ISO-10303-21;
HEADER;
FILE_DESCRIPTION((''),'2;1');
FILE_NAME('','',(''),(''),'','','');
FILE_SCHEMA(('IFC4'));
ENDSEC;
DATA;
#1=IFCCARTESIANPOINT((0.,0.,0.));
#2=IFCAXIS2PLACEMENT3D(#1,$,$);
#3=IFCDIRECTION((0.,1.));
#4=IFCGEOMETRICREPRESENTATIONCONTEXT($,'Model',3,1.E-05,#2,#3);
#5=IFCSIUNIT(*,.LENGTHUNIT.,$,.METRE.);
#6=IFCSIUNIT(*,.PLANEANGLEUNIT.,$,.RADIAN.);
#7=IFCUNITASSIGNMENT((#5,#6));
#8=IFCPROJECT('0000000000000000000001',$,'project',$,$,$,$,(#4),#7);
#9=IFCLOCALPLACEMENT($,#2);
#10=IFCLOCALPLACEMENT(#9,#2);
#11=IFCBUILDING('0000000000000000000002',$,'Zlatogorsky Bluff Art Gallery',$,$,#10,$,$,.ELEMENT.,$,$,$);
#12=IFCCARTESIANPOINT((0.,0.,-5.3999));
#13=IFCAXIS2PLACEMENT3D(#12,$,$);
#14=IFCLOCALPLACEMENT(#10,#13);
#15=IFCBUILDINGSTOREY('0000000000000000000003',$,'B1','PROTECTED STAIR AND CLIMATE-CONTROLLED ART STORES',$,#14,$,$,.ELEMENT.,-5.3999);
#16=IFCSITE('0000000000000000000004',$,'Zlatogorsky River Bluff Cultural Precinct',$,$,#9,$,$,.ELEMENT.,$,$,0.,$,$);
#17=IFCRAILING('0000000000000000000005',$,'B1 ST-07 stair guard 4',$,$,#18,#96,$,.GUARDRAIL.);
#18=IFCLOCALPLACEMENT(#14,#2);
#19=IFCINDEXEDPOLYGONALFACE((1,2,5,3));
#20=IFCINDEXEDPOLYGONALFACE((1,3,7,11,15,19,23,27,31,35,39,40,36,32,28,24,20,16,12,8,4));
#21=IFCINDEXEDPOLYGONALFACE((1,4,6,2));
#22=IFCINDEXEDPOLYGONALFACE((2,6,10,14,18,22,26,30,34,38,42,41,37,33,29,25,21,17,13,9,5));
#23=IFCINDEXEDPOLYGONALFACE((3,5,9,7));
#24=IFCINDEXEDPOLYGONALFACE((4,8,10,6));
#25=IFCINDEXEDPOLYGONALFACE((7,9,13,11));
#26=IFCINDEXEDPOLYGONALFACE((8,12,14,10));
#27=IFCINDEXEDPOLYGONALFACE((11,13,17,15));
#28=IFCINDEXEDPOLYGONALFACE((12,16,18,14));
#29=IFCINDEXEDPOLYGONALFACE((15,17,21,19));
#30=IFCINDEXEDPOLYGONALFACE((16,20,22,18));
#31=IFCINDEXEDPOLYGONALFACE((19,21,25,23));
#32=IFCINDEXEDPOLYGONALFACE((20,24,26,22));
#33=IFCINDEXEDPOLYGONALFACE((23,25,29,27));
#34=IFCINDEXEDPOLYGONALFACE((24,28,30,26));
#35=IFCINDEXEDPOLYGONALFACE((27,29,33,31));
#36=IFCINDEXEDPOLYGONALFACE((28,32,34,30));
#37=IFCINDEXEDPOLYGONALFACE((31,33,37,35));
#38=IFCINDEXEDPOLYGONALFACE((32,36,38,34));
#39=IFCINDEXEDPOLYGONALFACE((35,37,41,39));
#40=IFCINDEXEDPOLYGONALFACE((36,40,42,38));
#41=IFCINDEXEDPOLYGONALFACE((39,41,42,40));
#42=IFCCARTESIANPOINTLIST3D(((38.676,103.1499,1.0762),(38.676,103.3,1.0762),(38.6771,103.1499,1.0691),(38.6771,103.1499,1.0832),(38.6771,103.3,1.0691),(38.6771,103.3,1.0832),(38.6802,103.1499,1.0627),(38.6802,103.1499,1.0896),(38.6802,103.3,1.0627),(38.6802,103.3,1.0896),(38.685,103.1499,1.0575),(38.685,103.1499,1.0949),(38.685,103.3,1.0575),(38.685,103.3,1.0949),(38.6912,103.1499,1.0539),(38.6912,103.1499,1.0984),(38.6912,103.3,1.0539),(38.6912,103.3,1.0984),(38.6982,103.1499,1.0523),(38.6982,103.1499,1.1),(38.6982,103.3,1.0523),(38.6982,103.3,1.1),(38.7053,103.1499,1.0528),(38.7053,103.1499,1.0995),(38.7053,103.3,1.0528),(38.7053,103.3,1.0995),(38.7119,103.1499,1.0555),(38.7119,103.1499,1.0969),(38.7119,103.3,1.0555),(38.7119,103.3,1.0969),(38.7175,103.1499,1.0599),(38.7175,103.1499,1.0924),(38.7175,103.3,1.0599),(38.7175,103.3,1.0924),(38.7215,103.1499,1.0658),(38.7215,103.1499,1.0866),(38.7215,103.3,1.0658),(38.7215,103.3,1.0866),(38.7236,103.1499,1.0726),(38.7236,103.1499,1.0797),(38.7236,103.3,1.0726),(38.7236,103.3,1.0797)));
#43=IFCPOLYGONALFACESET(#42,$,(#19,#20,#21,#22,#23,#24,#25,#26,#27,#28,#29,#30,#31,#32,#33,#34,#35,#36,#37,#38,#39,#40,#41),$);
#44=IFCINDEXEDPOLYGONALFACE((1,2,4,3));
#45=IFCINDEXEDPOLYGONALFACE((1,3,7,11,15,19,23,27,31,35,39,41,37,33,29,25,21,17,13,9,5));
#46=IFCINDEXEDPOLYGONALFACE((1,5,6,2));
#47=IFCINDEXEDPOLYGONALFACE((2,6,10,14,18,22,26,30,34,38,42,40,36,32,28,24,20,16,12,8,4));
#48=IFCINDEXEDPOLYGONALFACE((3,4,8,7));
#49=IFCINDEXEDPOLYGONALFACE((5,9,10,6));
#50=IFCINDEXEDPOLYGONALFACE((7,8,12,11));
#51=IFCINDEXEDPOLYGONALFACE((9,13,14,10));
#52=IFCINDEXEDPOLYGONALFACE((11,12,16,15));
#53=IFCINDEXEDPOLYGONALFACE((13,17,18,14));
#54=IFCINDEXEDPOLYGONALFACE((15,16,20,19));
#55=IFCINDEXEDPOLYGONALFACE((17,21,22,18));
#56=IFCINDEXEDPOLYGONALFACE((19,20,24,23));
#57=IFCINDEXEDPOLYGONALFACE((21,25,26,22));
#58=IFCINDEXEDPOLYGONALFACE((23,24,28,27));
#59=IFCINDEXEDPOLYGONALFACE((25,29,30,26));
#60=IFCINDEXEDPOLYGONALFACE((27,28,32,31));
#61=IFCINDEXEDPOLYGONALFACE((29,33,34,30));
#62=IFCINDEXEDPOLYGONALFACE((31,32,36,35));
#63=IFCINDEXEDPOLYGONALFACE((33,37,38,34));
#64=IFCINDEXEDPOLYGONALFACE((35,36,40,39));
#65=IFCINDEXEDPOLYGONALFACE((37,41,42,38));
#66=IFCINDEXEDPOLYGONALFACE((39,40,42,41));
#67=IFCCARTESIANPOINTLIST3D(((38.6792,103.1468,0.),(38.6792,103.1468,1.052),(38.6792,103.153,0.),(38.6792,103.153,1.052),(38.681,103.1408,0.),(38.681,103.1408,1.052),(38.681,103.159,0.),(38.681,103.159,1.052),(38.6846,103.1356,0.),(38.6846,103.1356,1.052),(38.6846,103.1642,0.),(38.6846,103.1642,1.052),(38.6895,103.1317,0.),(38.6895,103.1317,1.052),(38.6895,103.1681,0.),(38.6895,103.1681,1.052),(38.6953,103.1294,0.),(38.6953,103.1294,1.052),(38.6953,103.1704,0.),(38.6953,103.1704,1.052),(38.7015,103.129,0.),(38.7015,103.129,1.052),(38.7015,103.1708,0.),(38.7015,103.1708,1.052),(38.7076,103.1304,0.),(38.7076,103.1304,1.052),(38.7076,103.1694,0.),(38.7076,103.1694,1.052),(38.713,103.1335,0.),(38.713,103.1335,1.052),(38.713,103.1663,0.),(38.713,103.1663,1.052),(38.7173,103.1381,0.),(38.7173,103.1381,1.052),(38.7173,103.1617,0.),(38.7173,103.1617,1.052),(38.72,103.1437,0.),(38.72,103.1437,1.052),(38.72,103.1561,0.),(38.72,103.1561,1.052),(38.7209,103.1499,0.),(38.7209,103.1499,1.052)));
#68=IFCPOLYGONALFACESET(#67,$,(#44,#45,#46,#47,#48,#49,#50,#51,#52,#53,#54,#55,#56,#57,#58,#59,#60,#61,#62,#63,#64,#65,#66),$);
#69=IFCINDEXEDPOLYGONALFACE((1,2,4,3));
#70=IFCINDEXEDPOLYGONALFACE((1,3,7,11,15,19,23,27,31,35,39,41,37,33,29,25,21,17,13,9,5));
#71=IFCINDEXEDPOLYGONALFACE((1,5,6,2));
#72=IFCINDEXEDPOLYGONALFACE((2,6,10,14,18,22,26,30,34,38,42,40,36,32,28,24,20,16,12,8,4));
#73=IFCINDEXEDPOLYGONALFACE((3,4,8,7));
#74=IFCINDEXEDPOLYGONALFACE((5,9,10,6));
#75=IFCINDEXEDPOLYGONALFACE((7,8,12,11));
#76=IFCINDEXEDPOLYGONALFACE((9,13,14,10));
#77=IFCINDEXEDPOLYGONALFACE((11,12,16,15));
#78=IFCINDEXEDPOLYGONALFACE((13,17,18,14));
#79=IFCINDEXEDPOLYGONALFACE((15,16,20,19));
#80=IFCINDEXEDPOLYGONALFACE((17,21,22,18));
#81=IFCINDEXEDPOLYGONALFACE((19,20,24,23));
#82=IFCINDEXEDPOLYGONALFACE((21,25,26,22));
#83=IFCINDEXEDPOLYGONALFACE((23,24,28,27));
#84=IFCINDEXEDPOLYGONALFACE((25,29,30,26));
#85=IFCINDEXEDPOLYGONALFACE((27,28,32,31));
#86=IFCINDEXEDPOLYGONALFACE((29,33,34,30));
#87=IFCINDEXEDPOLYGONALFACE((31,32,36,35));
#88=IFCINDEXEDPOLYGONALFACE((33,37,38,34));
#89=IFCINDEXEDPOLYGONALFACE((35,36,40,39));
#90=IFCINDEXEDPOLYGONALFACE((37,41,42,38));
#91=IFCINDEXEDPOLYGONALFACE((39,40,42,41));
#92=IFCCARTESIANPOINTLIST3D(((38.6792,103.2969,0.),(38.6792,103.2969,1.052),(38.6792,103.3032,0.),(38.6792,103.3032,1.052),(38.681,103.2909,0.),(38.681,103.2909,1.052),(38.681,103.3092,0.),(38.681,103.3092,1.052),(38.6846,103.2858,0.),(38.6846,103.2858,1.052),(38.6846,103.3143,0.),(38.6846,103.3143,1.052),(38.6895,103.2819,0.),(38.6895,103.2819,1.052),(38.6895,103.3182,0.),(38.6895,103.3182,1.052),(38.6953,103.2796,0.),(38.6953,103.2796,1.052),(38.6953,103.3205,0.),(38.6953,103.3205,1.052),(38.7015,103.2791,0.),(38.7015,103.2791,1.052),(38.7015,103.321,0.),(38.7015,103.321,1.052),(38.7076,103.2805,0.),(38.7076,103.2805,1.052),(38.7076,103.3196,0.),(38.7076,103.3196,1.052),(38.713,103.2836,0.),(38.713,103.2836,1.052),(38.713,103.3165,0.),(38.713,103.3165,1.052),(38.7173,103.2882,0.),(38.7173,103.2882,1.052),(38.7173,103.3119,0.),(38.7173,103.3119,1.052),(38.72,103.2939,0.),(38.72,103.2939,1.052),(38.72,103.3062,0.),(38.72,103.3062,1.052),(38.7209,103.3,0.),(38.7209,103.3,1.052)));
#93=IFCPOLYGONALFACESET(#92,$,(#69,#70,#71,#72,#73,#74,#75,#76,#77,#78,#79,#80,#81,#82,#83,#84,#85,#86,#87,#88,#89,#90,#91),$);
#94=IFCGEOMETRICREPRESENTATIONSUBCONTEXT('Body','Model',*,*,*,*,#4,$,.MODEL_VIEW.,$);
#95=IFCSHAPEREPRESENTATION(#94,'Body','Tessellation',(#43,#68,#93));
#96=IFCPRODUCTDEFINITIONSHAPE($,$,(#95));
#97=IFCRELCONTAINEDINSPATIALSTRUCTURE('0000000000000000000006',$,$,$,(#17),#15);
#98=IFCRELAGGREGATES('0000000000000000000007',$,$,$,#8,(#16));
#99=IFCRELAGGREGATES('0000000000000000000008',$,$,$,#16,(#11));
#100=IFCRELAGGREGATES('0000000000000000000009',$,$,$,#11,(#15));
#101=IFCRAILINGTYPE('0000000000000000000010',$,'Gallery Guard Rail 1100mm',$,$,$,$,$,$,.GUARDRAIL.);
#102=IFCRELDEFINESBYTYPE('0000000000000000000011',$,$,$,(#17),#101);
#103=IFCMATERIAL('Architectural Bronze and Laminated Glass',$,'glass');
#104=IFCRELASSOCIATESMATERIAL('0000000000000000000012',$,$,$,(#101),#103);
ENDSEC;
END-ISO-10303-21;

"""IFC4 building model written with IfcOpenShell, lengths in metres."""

from ifc_helpers import new_model, si_unit, direction, frame, origin, origin_2d, place, context, subcontext, project, spatial, circle, extrude, material, type_object, element, save


model = new_model("IFC4")

# Units and contexts
model_context = context("Model", 3, precision=1e-05, world=origin(), true_north=direction((0.0, 1.0)))
body_context = subcontext(model_context, "Body", "Model", "MODEL_VIEW")
ifc_project = project(units=[si_unit("LENGTHUNIT", "METRE"), si_unit("PLANEANGLEUNIT", "RADIAN")], contexts=[model_context])

# Site, building, storey
site_placement = place(None, origin())
site = spatial("IfcSite", under=ifc_project, at=site_placement, Name="Zlatogorsky River Bluff Cultural Precinct", CompositionType="ELEMENT", RefElevation=0.0)
building_placement = place(site_placement, origin())
building = spatial("IfcBuilding", under=site, at=building_placement, Name="Zlatogorsky Bluff Art Gallery", CompositionType="ELEMENT")
storey_placement = place(building_placement, frame((0.0, 0.0, -5.3999)))
storey = spatial("IfcBuildingStorey", under=building, at=storey_placement, Name="B1", Description="PROTECTED STAIR AND CLIMATE-CONTROLLED ART STORES", CompositionType="ELEMENT", Elevation=-5.3999)

# Railing
ifc_material_1 = material(Name="Architectural Bronze and Laminated Glass", Category="glass")
railing_type_1 = type_object("IfcRailingType", Name="Gallery Guard Rail 1100mm", PredefinedType="GUARDRAIL", material=ifc_material_1)
railing_1_placement = place(storey_placement, frame((38.7, 103.1499, 0.0)))
element("IfcRailing", 1, at=railing_1_placement, inside=storey, type_object=railing_type_1, Name="B1 ST-07 stair guard 4", PredefinedType="GUARDRAIL", context=body_context, shape_type="SweptSolid", body=[
    extrude(circle(Radius=0.0239, at=origin_2d()), frame((0.0, 0.0, 1.0762), z_axis=(0.0, 1.0, 0.0), x_axis=(-1.0, 0.0, 0.0)), (0.0, 0.0, 1.0), 0.1501),
    extrude(circle(Radius=0.021, at=origin_2d()), origin(), (0.0, 0.0, 1.0), 1.052),
    extrude(circle(Radius=0.021, at=origin_2d()), frame((0.0, 0.1501, 0.0)), (0.0, 0.0, 1.0), 1.052),
])

save(model, "model.ifc")
